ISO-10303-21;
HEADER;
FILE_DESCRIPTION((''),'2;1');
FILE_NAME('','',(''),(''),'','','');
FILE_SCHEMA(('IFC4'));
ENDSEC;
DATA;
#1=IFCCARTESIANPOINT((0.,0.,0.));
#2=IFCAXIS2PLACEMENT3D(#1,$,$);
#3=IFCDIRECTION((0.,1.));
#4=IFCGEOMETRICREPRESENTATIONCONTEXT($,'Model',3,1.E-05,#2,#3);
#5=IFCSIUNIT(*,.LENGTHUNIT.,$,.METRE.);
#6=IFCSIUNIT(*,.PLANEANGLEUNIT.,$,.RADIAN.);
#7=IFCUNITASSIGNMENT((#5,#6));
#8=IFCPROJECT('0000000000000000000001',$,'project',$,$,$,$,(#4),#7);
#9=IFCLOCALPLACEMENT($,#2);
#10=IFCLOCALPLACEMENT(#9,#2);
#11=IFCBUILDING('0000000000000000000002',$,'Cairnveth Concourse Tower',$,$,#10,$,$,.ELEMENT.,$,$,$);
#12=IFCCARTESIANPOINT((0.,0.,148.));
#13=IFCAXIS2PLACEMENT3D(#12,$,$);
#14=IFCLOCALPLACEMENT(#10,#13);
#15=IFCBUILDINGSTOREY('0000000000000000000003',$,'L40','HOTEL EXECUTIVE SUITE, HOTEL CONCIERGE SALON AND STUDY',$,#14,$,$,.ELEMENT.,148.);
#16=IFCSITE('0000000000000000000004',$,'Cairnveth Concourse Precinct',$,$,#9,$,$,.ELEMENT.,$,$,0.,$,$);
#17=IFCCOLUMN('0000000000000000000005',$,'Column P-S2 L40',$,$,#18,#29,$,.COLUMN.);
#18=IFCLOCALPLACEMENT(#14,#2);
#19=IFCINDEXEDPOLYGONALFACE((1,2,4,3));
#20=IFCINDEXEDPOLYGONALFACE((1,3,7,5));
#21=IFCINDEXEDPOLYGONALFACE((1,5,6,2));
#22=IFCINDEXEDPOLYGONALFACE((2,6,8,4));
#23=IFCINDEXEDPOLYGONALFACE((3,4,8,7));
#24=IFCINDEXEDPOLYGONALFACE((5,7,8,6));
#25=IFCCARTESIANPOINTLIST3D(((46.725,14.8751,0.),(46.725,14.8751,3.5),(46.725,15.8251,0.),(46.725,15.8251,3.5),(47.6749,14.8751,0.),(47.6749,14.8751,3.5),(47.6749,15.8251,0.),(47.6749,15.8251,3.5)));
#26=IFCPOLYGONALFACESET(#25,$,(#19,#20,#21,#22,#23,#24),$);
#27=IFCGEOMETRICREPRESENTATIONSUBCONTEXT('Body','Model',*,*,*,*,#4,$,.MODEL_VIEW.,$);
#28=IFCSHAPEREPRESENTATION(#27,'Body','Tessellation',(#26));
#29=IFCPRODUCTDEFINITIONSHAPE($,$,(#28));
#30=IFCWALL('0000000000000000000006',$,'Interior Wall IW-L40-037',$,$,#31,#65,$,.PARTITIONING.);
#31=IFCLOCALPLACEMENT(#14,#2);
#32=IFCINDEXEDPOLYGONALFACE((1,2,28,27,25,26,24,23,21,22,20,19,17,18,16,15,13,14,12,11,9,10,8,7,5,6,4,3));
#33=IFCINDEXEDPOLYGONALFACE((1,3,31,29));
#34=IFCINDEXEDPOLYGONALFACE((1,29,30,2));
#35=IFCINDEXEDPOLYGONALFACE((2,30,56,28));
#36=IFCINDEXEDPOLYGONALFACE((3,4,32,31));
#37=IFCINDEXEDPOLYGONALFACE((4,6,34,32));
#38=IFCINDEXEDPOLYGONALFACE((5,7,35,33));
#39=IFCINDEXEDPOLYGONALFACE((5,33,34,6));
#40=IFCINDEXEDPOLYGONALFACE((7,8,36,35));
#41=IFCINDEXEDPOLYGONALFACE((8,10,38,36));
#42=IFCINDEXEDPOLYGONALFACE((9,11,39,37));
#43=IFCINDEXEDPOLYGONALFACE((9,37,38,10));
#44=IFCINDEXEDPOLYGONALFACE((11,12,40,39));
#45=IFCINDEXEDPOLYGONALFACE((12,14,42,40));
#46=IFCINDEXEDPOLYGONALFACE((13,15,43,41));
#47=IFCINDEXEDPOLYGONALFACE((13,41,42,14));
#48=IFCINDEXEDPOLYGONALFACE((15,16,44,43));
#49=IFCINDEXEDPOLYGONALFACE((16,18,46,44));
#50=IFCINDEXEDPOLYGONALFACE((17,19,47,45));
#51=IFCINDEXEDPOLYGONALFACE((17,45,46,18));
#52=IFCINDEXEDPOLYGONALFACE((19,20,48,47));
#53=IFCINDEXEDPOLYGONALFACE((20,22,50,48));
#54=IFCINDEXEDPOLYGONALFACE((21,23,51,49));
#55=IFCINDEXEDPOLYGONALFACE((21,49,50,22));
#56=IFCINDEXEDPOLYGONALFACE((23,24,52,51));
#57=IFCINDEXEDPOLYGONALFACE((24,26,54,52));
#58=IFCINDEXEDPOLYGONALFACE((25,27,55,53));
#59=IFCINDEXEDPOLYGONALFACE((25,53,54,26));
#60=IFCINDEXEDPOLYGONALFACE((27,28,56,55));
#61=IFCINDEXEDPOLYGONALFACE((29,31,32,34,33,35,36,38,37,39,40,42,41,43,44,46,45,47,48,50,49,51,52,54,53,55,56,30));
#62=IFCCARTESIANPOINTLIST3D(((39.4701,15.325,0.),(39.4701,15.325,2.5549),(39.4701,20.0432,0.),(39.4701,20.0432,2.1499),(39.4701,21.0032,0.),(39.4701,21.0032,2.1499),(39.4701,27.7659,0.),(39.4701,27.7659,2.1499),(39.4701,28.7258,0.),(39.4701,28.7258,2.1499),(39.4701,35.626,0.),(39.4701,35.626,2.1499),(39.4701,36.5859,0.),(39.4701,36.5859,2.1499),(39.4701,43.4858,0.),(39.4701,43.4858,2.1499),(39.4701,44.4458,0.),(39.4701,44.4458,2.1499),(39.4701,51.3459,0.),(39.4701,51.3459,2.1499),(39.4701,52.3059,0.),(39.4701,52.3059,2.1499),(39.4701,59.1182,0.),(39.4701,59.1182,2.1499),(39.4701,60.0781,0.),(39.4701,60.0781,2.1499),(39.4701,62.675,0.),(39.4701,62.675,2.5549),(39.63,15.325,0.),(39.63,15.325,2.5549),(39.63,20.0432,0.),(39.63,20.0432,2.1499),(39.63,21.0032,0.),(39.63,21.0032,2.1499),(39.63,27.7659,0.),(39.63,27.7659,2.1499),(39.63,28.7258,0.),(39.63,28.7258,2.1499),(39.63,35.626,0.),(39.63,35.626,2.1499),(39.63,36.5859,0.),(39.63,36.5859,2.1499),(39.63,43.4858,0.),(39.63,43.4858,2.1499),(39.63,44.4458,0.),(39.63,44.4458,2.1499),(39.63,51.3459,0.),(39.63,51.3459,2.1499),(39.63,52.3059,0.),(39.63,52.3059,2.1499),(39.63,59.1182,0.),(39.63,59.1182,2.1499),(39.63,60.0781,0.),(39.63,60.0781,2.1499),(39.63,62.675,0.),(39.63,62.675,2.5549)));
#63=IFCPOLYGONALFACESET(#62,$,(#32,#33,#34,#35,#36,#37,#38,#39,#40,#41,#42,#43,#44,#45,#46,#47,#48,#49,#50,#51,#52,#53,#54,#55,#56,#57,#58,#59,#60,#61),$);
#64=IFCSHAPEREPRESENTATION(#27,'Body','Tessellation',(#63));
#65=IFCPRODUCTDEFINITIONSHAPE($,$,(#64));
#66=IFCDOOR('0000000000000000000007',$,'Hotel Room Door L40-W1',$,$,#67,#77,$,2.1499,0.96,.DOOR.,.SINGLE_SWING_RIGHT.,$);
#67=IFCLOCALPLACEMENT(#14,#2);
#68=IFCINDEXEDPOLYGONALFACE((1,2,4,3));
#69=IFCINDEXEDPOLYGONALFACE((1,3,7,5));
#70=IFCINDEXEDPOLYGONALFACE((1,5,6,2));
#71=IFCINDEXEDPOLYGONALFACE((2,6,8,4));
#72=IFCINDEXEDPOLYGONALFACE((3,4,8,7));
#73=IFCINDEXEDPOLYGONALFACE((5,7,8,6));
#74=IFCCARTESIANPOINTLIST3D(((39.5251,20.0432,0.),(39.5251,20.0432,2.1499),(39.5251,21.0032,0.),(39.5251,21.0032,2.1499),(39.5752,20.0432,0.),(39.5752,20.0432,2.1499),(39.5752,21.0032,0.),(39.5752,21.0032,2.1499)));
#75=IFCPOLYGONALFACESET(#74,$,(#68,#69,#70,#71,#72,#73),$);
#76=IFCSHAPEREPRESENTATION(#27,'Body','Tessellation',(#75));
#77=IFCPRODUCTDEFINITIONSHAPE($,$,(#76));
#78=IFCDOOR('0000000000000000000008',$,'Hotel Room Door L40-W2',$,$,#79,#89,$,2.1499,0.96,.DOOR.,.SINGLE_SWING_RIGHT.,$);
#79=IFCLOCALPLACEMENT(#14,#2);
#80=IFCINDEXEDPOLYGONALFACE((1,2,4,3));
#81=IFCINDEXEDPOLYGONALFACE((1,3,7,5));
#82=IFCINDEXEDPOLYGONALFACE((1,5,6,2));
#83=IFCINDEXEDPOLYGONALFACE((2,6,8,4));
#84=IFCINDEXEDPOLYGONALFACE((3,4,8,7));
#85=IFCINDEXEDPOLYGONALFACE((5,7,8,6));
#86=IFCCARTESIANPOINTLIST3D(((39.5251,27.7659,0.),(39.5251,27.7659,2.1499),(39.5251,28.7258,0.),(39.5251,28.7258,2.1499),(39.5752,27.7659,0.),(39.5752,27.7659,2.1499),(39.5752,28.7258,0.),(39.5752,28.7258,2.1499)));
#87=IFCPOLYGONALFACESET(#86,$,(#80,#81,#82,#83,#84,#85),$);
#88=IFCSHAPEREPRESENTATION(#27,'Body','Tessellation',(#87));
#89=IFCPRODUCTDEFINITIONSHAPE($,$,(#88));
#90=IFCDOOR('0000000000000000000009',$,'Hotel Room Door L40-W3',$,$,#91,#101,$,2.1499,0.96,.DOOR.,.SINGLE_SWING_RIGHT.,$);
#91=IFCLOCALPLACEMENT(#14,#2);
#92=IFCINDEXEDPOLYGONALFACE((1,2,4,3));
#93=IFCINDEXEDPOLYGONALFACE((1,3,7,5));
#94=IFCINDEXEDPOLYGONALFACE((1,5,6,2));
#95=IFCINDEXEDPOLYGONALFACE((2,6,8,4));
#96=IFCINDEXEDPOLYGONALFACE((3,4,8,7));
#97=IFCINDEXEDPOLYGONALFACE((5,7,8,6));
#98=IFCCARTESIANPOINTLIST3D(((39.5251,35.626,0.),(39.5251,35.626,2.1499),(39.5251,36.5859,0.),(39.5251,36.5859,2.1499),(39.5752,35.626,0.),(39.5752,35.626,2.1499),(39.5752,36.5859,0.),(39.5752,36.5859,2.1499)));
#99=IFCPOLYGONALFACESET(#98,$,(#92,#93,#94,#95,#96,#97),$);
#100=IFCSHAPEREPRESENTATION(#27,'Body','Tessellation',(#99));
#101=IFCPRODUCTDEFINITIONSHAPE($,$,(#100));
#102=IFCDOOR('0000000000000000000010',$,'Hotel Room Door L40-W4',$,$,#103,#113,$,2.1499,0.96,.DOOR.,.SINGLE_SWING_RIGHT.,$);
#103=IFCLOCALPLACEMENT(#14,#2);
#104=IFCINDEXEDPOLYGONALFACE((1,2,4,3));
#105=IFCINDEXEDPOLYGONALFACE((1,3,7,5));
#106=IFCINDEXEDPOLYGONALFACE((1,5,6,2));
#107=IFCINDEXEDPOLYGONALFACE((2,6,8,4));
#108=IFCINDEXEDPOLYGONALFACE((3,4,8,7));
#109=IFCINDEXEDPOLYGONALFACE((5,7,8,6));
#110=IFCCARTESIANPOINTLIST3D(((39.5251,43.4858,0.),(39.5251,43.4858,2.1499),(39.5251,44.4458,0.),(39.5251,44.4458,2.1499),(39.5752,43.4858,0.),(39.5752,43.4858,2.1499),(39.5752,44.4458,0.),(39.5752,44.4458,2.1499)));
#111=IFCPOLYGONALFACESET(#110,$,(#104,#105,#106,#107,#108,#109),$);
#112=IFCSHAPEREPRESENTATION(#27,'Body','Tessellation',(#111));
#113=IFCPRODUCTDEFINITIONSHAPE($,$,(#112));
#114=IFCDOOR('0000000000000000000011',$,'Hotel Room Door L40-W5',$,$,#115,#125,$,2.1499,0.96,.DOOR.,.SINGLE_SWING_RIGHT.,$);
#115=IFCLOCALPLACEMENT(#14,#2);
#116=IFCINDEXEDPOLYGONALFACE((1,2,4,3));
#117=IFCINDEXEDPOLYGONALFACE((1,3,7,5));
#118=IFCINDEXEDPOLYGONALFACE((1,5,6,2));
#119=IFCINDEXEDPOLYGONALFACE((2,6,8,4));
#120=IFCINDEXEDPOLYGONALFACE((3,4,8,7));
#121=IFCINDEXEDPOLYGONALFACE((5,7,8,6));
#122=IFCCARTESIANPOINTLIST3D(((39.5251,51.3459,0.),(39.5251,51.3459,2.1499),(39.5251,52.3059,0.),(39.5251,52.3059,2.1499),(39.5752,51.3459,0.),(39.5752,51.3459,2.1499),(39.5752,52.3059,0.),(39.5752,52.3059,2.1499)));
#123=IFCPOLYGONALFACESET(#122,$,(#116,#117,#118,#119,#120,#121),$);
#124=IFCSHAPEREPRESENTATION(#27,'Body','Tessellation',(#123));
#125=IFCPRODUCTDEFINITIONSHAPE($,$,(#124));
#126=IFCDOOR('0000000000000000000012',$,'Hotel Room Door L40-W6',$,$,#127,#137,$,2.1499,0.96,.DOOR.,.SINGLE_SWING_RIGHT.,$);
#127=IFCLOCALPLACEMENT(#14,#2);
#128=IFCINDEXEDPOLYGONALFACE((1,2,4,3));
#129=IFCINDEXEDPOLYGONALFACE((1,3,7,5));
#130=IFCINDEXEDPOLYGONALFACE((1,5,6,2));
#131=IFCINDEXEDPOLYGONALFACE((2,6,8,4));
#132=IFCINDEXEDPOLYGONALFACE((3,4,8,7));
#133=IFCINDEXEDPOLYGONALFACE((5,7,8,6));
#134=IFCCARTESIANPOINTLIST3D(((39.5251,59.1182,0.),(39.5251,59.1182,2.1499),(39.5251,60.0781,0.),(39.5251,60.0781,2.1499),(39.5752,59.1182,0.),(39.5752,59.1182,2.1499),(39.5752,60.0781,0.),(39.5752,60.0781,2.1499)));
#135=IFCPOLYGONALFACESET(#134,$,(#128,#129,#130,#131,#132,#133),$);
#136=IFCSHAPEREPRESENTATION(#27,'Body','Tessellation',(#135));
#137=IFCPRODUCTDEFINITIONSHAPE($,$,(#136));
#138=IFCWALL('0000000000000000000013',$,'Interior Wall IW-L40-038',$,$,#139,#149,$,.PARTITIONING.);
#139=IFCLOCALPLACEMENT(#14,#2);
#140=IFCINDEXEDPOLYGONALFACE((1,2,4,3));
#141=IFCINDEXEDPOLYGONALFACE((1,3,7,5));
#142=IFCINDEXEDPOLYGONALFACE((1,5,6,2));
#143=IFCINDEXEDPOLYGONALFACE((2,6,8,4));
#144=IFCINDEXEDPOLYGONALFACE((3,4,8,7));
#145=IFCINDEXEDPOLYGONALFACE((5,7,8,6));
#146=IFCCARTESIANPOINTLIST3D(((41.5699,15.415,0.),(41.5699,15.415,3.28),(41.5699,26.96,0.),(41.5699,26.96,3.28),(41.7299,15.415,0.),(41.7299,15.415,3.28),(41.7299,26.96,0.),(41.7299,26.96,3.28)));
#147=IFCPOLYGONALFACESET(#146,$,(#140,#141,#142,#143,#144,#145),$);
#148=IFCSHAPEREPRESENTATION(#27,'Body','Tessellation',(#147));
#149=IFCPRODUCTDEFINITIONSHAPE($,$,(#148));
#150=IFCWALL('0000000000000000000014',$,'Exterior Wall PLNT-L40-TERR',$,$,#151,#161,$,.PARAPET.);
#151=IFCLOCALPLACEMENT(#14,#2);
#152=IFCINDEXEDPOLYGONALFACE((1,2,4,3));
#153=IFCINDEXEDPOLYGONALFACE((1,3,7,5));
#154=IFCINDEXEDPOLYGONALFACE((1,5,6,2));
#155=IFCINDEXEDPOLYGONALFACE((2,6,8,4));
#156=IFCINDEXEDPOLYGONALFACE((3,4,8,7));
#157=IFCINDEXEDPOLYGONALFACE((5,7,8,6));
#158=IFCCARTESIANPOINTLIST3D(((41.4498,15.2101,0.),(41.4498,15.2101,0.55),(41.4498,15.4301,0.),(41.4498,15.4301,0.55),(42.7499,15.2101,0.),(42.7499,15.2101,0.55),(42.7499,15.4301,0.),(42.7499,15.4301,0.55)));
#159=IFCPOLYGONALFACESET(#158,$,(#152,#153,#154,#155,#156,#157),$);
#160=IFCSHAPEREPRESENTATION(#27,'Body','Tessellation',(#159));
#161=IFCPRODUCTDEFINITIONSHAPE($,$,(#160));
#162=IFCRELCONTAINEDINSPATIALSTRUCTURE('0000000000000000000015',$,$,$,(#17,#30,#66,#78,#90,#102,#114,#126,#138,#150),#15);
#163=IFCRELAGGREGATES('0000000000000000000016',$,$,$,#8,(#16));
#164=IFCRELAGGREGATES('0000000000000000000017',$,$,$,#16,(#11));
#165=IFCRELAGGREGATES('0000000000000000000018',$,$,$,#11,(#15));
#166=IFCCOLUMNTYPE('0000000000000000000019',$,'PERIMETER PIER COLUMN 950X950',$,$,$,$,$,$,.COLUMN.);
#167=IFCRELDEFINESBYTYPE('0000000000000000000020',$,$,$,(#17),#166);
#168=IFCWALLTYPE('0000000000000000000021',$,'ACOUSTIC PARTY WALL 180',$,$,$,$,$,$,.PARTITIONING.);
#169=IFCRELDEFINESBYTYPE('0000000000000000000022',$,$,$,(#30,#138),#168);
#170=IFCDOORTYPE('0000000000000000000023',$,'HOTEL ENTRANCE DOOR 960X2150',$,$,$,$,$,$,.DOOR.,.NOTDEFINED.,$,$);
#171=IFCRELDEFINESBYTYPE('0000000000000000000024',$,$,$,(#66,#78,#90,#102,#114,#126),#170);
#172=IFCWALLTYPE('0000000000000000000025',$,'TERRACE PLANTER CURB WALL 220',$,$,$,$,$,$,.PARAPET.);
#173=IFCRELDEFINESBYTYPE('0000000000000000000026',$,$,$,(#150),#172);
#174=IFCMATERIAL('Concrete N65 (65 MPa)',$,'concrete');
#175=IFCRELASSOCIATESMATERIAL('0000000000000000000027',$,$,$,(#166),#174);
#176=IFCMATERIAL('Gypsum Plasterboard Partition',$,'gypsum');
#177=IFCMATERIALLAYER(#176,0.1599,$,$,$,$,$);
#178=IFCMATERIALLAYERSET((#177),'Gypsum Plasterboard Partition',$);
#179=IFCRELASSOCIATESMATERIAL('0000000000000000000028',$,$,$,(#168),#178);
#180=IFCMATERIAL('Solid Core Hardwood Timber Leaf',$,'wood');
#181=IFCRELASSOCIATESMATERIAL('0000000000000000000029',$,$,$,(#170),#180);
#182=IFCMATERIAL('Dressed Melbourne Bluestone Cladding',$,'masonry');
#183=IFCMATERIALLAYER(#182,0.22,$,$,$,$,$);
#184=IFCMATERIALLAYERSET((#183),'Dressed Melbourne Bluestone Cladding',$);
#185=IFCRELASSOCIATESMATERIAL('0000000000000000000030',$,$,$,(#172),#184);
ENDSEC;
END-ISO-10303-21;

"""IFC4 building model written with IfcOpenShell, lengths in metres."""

from ifc_helpers import new_model, si_unit, direction, frame, frame_2d, origin, origin_2d, place, context, subcontext, project, spatial, rectangle, extrude, material, layer, layer_set, material_profile, profile_set, type_object, element, fill, save


model = new_model("IFC4")

# Units and contexts
model_context = context("Model", 3, precision=1e-05, world=origin(), true_north=direction((0.0, 1.0)))
body_context = subcontext(model_context, "Body", "Model", "MODEL_VIEW")
ifc_project = project(units=[si_unit("LENGTHUNIT", "METRE"), si_unit("PLANEANGLEUNIT", "RADIAN")], contexts=[model_context])

# Site, building, storey
site_placement = place(None, origin())
site = spatial("IfcSite", under=ifc_project, at=site_placement, Name="Cairnveth Concourse Precinct", CompositionType="ELEMENT", RefElevation=0.0)
building_placement = place(site_placement, origin())
building = spatial("IfcBuilding", under=site, at=building_placement, Name="Cairnveth Concourse Tower", CompositionType="ELEMENT")
storey_placement = place(building_placement, frame((0.0, 0.0, 148.0)))
storey = spatial("IfcBuildingStorey", under=building, at=storey_placement, Name="L40", Description="HOTEL EXECUTIVE SUITE, HOTEL CONCIERGE SALON AND STUDY", CompositionType="ELEMENT", Elevation=148.0)

# Column
ifc_material_1 = material(Name="Concrete N65 (65 MPa)", Category="concrete")
ifc_material_profile = material_profile(ifc_material_1, rectangle(XDim=0.95, YDim=0.95, at=origin_2d()), Name="RC-COL-950x950")
ifc_profile_set = profile_set([ifc_material_profile], Name="Concrete N65 (65 MPa)")
column_type = type_object("IfcColumnType", Name="PERIMETER PIER COLUMN 950X950", PredefinedType="COLUMN", material=ifc_profile_set)
column_placement = place(storey_placement, frame((47.2, 15.3501, 0.0), z_axis=(0.0, 0.0, 1.0), x_axis=(1.0, 0.0, 0.0)))
element("IfcColumn", 1, at=column_placement, inside=storey, type_object=column_type, Name="Column P-S2 L40", PredefinedType="COLUMN", context=body_context, shape_type="SweptSolid", body=[
    extrude(rectangle(XDim=0.95, YDim=0.95, at=origin_2d()), origin(), (0.0, 0.0, 1.0), 3.5),
])

# Wall, openings, doors
ifc_material_2 = material(Name="Gypsum Plasterboard Partition", Category="gypsum")
ifc_layer_1 = layer(ifc_material_2, 0.1599)
ifc_layer_set_1 = layer_set([ifc_layer_1], Name="Gypsum Plasterboard Partition")
wall_type_1 = type_object("IfcWallType", Name="ACOUSTIC PARTY WALL 180", PredefinedType="PARTITIONING", material=ifc_layer_set_1)
wall_1_placement = place(storey_placement, frame((39.55, 15.325, 0.0), z_axis=(0.0, 0.0, 1.0), x_axis=(0.0, 1.0, 0.0)))
wall_1 = element("IfcWall", 2, at=wall_1_placement, inside=storey, type_object=wall_type_1, Name="Interior Wall IW-L40-037", PredefinedType="PARTITIONING", context=body_context, shape_type="SweptSolid", body=[
    extrude(rectangle(XDim=47.3501, YDim=0.1599, at=frame_2d((23.675, 0.0))), origin(), (0.0, 0.0, 1.0), 2.5549),
])
opening_1_placement = place(wall_1_placement, frame((4.7183, 0.0, 0.0)))
opening_1 = element("IfcOpeningElement", 3, at=opening_1_placement, cuts=wall_1, PredefinedType="OPENING", context=body_context, shape_type="SweptSolid", body=[
    extrude(rectangle(XDim=0.96, YDim=2.1499, at=frame_2d((0.48, 1.075))), frame((0.0, 0.0898, 0.0), z_axis=(0.0, -1.0, 0.0), x_axis=(1.0, 0.0, 0.0)), (0.0, 0.0, 1.0), 0.1799),
])
opening_2_placement = place(wall_1_placement, frame((12.4409, 0.0, 0.0)))
opening_2 = element("IfcOpeningElement", 4, at=opening_2_placement, cuts=wall_1, PredefinedType="OPENING", context=body_context, shape_type="SweptSolid", body=[
    extrude(rectangle(XDim=0.96, YDim=2.1499, at=frame_2d((0.48, 1.075))), frame((0.0, 0.0898, 0.0), z_axis=(0.0, -1.0, 0.0), x_axis=(1.0, 0.0, 0.0)), (0.0, 0.0, 1.0), 0.1799),
])
opening_3_placement = place(wall_1_placement, frame((20.301, 0.0, 0.0)))
opening_3 = element("IfcOpeningElement", 5, at=opening_3_placement, cuts=wall_1, PredefinedType="OPENING", context=body_context, shape_type="SweptSolid", body=[
    extrude(rectangle(XDim=0.96, YDim=2.1499, at=frame_2d((0.48, 1.075))), frame((0.0, 0.0898, 0.0), z_axis=(0.0, -1.0, 0.0), x_axis=(1.0, 0.0, 0.0)), (0.0, 0.0, 1.0), 0.1799),
])
opening_4_placement = place(wall_1_placement, frame((28.1609, 0.0, 0.0)))
opening_4 = element("IfcOpeningElement", 6, at=opening_4_placement, cuts=wall_1, PredefinedType="OPENING", context=body_context, shape_type="SweptSolid", body=[
    extrude(rectangle(XDim=0.96, YDim=2.1499, at=frame_2d((0.48, 1.075))), frame((0.0, 0.0898, 0.0), z_axis=(0.0, -1.0, 0.0), x_axis=(1.0, 0.0, 0.0)), (0.0, 0.0, 1.0), 0.1799),
])
opening_5_placement = place(wall_1_placement, frame((36.021, 0.0, 0.0)))
opening_5 = element("IfcOpeningElement", 7, at=opening_5_placement, cuts=wall_1, PredefinedType="OPENING", context=body_context, shape_type="SweptSolid", body=[
    extrude(rectangle(XDim=0.96, YDim=2.1499, at=frame_2d((0.48, 1.075))), frame((0.0, 0.0898, 0.0), z_axis=(0.0, -1.0, 0.0), x_axis=(1.0, 0.0, 0.0)), (0.0, 0.0, 1.0), 0.1799),
])
opening_6_placement = place(wall_1_placement, frame((43.7932, 0.0, 0.0)))
opening_6 = element("IfcOpeningElement", 8, at=opening_6_placement, cuts=wall_1, PredefinedType="OPENING", context=body_context, shape_type="SweptSolid", body=[
    extrude(rectangle(XDim=0.96, YDim=2.1499, at=frame_2d((0.48, 1.075))), frame((0.0, 0.0898, 0.0), z_axis=(0.0, -1.0, 0.0), x_axis=(1.0, 0.0, 0.0)), (0.0, 0.0, 1.0), 0.1799),
])
ifc_material_3 = material(Name="Solid Core Hardwood Timber Leaf", Category="wood")
door_type_1 = type_object("IfcDoorType", Name="HOTEL ENTRANCE DOOR 960X2150", OperationType="NOTDEFINED", PredefinedType="DOOR", material=ifc_material_3)
door_1_placement = place(opening_1_placement, origin())
door_1 = element("IfcDoor", 9, at=door_1_placement, inside=storey, type_object=door_type_1, Name="Hotel Room Door L40-W1", OperationType="SINGLE_SWING_RIGHT", OverallHeight=2.1499, OverallWidth=0.96, PredefinedType="DOOR", context=body_context, shape_type="SweptSolid", body=[
    extrude(rectangle(XDim=0.96, YDim=2.1499, at=frame_2d((0.48, 1.075))), frame((0.0, 0.0249, 0.0), z_axis=(0.0, -1.0, 0.0), x_axis=(1.0, 0.0, 0.0)), (0.0, 0.0, 1.0), 0.05),
])
fill(opening_1, door_1)
door_2_placement = place(opening_2_placement, origin())
door_2 = element("IfcDoor", 10, at=door_2_placement, inside=storey, type_object=door_type_1, Name="Hotel Room Door L40-W2", OperationType="SINGLE_SWING_RIGHT", OverallHeight=2.1499, OverallWidth=0.96, PredefinedType="DOOR", context=body_context, shape_type="SweptSolid", body=[
    extrude(rectangle(XDim=0.96, YDim=2.1499, at=frame_2d((0.48, 1.075))), frame((0.0, 0.0249, 0.0), z_axis=(0.0, -1.0, 0.0), x_axis=(1.0, 0.0, 0.0)), (0.0, 0.0, 1.0), 0.05),
])
fill(opening_2, door_2)
door_3_placement = place(opening_3_placement, origin())
door_3 = element("IfcDoor", 11, at=door_3_placement, inside=storey, type_object=door_type_1, Name="Hotel Room Door L40-W3", OperationType="SINGLE_SWING_RIGHT", OverallHeight=2.1499, OverallWidth=0.96, PredefinedType="DOOR", context=body_context, shape_type="SweptSolid", body=[
    extrude(rectangle(XDim=0.96, YDim=2.1499, at=frame_2d((0.48, 1.075))), frame((0.0, 0.0249, 0.0), z_axis=(0.0, -1.0, 0.0), x_axis=(1.0, 0.0, 0.0)), (0.0, 0.0, 1.0), 0.05),
])
fill(opening_3, door_3)
door_4_placement = place(opening_4_placement, origin())
door_4 = element("IfcDoor", 12, at=door_4_placement, inside=storey, type_object=door_type_1, Name="Hotel Room Door L40-W4", OperationType="SINGLE_SWING_RIGHT", OverallHeight=2.1499, OverallWidth=0.96, PredefinedType="DOOR", context=body_context, shape_type="SweptSolid", body=[
    extrude(rectangle(XDim=0.96, YDim=2.1499, at=frame_2d((0.48, 1.075))), frame((0.0, 0.0249, 0.0), z_axis=(0.0, -1.0, 0.0), x_axis=(1.0, 0.0, 0.0)), (0.0, 0.0, 1.0), 0.05),
])
fill(opening_4, door_4)
door_5_placement = place(opening_5_placement, origin())
door_5 = element("IfcDoor", 13, at=door_5_placement, inside=storey, type_object=door_type_1, Name="Hotel Room Door L40-W5", OperationType="SINGLE_SWING_RIGHT", OverallHeight=2.1499, OverallWidth=0.96, PredefinedType="DOOR", context=body_context, shape_type="SweptSolid", body=[
    extrude(rectangle(XDim=0.96, YDim=2.1499, at=frame_2d((0.48, 1.075))), frame((0.0, 0.0249, 0.0), z_axis=(0.0, -1.0, 0.0), x_axis=(1.0, 0.0, 0.0)), (0.0, 0.0, 1.0), 0.05),
])
fill(opening_5, door_5)
door_6_placement = place(opening_6_placement, origin())
door_6 = element("IfcDoor", 14, at=door_6_placement, inside=storey, type_object=door_type_1, Name="Hotel Room Door L40-W6", OperationType="SINGLE_SWING_RIGHT", OverallHeight=2.1499, OverallWidth=0.96, PredefinedType="DOOR", context=body_context, shape_type="SweptSolid", body=[
    extrude(rectangle(XDim=0.96, YDim=2.1499, at=frame_2d((0.48, 1.075))), frame((0.0, 0.0249, 0.0), z_axis=(0.0, -1.0, 0.0), x_axis=(1.0, 0.0, 0.0)), (0.0, 0.0, 1.0), 0.05),
])
fill(opening_6, door_6)

# Walls
wall_2_placement = place(storey_placement, frame((41.6499, 15.415, 0.0), z_axis=(0.0, 0.0, 1.0), x_axis=(0.0, 1.0, 0.0)))
element("IfcWall", 15, at=wall_2_placement, inside=storey, type_object=wall_type_1, Name="Interior Wall IW-L40-038", PredefinedType="PARTITIONING", context=body_context, shape_type="SweptSolid", body=[
    extrude(rectangle(XDim=11.5449, YDim=0.1599, at=frame_2d((5.7725, 0.0))), origin(), (0.0, 0.0, 1.0), 3.28),
])
ifc_material_4 = material(Name="Dressed Melbourne Bluestone Cladding", Category="masonry")
ifc_layer_2 = layer(ifc_material_4, 0.22)
ifc_layer_set_2 = layer_set([ifc_layer_2], Name="Dressed Melbourne Bluestone Cladding")
wall_type_2 = type_object("IfcWallType", Name="TERRACE PLANTER CURB WALL 220", PredefinedType="PARAPET", material=ifc_layer_set_2)
wall_3_placement = place(storey_placement, frame((41.45, 15.3201, 0.0), z_axis=(0.0, 0.0, 1.0), x_axis=(1.0, 0.0, 0.0)))
element("IfcWall", 16, at=wall_3_placement, inside=storey, type_object=wall_type_2, Name="Exterior Wall PLNT-L40-TERR", PredefinedType="PARAPET", context=body_context, shape_type="SweptSolid", body=[
    extrude(rectangle(XDim=1.3, YDim=0.22, at=frame_2d((0.6499, 0.0))), origin(), (0.0, 0.0, 1.0), 0.55),
])

save(model, "model.ifc")
